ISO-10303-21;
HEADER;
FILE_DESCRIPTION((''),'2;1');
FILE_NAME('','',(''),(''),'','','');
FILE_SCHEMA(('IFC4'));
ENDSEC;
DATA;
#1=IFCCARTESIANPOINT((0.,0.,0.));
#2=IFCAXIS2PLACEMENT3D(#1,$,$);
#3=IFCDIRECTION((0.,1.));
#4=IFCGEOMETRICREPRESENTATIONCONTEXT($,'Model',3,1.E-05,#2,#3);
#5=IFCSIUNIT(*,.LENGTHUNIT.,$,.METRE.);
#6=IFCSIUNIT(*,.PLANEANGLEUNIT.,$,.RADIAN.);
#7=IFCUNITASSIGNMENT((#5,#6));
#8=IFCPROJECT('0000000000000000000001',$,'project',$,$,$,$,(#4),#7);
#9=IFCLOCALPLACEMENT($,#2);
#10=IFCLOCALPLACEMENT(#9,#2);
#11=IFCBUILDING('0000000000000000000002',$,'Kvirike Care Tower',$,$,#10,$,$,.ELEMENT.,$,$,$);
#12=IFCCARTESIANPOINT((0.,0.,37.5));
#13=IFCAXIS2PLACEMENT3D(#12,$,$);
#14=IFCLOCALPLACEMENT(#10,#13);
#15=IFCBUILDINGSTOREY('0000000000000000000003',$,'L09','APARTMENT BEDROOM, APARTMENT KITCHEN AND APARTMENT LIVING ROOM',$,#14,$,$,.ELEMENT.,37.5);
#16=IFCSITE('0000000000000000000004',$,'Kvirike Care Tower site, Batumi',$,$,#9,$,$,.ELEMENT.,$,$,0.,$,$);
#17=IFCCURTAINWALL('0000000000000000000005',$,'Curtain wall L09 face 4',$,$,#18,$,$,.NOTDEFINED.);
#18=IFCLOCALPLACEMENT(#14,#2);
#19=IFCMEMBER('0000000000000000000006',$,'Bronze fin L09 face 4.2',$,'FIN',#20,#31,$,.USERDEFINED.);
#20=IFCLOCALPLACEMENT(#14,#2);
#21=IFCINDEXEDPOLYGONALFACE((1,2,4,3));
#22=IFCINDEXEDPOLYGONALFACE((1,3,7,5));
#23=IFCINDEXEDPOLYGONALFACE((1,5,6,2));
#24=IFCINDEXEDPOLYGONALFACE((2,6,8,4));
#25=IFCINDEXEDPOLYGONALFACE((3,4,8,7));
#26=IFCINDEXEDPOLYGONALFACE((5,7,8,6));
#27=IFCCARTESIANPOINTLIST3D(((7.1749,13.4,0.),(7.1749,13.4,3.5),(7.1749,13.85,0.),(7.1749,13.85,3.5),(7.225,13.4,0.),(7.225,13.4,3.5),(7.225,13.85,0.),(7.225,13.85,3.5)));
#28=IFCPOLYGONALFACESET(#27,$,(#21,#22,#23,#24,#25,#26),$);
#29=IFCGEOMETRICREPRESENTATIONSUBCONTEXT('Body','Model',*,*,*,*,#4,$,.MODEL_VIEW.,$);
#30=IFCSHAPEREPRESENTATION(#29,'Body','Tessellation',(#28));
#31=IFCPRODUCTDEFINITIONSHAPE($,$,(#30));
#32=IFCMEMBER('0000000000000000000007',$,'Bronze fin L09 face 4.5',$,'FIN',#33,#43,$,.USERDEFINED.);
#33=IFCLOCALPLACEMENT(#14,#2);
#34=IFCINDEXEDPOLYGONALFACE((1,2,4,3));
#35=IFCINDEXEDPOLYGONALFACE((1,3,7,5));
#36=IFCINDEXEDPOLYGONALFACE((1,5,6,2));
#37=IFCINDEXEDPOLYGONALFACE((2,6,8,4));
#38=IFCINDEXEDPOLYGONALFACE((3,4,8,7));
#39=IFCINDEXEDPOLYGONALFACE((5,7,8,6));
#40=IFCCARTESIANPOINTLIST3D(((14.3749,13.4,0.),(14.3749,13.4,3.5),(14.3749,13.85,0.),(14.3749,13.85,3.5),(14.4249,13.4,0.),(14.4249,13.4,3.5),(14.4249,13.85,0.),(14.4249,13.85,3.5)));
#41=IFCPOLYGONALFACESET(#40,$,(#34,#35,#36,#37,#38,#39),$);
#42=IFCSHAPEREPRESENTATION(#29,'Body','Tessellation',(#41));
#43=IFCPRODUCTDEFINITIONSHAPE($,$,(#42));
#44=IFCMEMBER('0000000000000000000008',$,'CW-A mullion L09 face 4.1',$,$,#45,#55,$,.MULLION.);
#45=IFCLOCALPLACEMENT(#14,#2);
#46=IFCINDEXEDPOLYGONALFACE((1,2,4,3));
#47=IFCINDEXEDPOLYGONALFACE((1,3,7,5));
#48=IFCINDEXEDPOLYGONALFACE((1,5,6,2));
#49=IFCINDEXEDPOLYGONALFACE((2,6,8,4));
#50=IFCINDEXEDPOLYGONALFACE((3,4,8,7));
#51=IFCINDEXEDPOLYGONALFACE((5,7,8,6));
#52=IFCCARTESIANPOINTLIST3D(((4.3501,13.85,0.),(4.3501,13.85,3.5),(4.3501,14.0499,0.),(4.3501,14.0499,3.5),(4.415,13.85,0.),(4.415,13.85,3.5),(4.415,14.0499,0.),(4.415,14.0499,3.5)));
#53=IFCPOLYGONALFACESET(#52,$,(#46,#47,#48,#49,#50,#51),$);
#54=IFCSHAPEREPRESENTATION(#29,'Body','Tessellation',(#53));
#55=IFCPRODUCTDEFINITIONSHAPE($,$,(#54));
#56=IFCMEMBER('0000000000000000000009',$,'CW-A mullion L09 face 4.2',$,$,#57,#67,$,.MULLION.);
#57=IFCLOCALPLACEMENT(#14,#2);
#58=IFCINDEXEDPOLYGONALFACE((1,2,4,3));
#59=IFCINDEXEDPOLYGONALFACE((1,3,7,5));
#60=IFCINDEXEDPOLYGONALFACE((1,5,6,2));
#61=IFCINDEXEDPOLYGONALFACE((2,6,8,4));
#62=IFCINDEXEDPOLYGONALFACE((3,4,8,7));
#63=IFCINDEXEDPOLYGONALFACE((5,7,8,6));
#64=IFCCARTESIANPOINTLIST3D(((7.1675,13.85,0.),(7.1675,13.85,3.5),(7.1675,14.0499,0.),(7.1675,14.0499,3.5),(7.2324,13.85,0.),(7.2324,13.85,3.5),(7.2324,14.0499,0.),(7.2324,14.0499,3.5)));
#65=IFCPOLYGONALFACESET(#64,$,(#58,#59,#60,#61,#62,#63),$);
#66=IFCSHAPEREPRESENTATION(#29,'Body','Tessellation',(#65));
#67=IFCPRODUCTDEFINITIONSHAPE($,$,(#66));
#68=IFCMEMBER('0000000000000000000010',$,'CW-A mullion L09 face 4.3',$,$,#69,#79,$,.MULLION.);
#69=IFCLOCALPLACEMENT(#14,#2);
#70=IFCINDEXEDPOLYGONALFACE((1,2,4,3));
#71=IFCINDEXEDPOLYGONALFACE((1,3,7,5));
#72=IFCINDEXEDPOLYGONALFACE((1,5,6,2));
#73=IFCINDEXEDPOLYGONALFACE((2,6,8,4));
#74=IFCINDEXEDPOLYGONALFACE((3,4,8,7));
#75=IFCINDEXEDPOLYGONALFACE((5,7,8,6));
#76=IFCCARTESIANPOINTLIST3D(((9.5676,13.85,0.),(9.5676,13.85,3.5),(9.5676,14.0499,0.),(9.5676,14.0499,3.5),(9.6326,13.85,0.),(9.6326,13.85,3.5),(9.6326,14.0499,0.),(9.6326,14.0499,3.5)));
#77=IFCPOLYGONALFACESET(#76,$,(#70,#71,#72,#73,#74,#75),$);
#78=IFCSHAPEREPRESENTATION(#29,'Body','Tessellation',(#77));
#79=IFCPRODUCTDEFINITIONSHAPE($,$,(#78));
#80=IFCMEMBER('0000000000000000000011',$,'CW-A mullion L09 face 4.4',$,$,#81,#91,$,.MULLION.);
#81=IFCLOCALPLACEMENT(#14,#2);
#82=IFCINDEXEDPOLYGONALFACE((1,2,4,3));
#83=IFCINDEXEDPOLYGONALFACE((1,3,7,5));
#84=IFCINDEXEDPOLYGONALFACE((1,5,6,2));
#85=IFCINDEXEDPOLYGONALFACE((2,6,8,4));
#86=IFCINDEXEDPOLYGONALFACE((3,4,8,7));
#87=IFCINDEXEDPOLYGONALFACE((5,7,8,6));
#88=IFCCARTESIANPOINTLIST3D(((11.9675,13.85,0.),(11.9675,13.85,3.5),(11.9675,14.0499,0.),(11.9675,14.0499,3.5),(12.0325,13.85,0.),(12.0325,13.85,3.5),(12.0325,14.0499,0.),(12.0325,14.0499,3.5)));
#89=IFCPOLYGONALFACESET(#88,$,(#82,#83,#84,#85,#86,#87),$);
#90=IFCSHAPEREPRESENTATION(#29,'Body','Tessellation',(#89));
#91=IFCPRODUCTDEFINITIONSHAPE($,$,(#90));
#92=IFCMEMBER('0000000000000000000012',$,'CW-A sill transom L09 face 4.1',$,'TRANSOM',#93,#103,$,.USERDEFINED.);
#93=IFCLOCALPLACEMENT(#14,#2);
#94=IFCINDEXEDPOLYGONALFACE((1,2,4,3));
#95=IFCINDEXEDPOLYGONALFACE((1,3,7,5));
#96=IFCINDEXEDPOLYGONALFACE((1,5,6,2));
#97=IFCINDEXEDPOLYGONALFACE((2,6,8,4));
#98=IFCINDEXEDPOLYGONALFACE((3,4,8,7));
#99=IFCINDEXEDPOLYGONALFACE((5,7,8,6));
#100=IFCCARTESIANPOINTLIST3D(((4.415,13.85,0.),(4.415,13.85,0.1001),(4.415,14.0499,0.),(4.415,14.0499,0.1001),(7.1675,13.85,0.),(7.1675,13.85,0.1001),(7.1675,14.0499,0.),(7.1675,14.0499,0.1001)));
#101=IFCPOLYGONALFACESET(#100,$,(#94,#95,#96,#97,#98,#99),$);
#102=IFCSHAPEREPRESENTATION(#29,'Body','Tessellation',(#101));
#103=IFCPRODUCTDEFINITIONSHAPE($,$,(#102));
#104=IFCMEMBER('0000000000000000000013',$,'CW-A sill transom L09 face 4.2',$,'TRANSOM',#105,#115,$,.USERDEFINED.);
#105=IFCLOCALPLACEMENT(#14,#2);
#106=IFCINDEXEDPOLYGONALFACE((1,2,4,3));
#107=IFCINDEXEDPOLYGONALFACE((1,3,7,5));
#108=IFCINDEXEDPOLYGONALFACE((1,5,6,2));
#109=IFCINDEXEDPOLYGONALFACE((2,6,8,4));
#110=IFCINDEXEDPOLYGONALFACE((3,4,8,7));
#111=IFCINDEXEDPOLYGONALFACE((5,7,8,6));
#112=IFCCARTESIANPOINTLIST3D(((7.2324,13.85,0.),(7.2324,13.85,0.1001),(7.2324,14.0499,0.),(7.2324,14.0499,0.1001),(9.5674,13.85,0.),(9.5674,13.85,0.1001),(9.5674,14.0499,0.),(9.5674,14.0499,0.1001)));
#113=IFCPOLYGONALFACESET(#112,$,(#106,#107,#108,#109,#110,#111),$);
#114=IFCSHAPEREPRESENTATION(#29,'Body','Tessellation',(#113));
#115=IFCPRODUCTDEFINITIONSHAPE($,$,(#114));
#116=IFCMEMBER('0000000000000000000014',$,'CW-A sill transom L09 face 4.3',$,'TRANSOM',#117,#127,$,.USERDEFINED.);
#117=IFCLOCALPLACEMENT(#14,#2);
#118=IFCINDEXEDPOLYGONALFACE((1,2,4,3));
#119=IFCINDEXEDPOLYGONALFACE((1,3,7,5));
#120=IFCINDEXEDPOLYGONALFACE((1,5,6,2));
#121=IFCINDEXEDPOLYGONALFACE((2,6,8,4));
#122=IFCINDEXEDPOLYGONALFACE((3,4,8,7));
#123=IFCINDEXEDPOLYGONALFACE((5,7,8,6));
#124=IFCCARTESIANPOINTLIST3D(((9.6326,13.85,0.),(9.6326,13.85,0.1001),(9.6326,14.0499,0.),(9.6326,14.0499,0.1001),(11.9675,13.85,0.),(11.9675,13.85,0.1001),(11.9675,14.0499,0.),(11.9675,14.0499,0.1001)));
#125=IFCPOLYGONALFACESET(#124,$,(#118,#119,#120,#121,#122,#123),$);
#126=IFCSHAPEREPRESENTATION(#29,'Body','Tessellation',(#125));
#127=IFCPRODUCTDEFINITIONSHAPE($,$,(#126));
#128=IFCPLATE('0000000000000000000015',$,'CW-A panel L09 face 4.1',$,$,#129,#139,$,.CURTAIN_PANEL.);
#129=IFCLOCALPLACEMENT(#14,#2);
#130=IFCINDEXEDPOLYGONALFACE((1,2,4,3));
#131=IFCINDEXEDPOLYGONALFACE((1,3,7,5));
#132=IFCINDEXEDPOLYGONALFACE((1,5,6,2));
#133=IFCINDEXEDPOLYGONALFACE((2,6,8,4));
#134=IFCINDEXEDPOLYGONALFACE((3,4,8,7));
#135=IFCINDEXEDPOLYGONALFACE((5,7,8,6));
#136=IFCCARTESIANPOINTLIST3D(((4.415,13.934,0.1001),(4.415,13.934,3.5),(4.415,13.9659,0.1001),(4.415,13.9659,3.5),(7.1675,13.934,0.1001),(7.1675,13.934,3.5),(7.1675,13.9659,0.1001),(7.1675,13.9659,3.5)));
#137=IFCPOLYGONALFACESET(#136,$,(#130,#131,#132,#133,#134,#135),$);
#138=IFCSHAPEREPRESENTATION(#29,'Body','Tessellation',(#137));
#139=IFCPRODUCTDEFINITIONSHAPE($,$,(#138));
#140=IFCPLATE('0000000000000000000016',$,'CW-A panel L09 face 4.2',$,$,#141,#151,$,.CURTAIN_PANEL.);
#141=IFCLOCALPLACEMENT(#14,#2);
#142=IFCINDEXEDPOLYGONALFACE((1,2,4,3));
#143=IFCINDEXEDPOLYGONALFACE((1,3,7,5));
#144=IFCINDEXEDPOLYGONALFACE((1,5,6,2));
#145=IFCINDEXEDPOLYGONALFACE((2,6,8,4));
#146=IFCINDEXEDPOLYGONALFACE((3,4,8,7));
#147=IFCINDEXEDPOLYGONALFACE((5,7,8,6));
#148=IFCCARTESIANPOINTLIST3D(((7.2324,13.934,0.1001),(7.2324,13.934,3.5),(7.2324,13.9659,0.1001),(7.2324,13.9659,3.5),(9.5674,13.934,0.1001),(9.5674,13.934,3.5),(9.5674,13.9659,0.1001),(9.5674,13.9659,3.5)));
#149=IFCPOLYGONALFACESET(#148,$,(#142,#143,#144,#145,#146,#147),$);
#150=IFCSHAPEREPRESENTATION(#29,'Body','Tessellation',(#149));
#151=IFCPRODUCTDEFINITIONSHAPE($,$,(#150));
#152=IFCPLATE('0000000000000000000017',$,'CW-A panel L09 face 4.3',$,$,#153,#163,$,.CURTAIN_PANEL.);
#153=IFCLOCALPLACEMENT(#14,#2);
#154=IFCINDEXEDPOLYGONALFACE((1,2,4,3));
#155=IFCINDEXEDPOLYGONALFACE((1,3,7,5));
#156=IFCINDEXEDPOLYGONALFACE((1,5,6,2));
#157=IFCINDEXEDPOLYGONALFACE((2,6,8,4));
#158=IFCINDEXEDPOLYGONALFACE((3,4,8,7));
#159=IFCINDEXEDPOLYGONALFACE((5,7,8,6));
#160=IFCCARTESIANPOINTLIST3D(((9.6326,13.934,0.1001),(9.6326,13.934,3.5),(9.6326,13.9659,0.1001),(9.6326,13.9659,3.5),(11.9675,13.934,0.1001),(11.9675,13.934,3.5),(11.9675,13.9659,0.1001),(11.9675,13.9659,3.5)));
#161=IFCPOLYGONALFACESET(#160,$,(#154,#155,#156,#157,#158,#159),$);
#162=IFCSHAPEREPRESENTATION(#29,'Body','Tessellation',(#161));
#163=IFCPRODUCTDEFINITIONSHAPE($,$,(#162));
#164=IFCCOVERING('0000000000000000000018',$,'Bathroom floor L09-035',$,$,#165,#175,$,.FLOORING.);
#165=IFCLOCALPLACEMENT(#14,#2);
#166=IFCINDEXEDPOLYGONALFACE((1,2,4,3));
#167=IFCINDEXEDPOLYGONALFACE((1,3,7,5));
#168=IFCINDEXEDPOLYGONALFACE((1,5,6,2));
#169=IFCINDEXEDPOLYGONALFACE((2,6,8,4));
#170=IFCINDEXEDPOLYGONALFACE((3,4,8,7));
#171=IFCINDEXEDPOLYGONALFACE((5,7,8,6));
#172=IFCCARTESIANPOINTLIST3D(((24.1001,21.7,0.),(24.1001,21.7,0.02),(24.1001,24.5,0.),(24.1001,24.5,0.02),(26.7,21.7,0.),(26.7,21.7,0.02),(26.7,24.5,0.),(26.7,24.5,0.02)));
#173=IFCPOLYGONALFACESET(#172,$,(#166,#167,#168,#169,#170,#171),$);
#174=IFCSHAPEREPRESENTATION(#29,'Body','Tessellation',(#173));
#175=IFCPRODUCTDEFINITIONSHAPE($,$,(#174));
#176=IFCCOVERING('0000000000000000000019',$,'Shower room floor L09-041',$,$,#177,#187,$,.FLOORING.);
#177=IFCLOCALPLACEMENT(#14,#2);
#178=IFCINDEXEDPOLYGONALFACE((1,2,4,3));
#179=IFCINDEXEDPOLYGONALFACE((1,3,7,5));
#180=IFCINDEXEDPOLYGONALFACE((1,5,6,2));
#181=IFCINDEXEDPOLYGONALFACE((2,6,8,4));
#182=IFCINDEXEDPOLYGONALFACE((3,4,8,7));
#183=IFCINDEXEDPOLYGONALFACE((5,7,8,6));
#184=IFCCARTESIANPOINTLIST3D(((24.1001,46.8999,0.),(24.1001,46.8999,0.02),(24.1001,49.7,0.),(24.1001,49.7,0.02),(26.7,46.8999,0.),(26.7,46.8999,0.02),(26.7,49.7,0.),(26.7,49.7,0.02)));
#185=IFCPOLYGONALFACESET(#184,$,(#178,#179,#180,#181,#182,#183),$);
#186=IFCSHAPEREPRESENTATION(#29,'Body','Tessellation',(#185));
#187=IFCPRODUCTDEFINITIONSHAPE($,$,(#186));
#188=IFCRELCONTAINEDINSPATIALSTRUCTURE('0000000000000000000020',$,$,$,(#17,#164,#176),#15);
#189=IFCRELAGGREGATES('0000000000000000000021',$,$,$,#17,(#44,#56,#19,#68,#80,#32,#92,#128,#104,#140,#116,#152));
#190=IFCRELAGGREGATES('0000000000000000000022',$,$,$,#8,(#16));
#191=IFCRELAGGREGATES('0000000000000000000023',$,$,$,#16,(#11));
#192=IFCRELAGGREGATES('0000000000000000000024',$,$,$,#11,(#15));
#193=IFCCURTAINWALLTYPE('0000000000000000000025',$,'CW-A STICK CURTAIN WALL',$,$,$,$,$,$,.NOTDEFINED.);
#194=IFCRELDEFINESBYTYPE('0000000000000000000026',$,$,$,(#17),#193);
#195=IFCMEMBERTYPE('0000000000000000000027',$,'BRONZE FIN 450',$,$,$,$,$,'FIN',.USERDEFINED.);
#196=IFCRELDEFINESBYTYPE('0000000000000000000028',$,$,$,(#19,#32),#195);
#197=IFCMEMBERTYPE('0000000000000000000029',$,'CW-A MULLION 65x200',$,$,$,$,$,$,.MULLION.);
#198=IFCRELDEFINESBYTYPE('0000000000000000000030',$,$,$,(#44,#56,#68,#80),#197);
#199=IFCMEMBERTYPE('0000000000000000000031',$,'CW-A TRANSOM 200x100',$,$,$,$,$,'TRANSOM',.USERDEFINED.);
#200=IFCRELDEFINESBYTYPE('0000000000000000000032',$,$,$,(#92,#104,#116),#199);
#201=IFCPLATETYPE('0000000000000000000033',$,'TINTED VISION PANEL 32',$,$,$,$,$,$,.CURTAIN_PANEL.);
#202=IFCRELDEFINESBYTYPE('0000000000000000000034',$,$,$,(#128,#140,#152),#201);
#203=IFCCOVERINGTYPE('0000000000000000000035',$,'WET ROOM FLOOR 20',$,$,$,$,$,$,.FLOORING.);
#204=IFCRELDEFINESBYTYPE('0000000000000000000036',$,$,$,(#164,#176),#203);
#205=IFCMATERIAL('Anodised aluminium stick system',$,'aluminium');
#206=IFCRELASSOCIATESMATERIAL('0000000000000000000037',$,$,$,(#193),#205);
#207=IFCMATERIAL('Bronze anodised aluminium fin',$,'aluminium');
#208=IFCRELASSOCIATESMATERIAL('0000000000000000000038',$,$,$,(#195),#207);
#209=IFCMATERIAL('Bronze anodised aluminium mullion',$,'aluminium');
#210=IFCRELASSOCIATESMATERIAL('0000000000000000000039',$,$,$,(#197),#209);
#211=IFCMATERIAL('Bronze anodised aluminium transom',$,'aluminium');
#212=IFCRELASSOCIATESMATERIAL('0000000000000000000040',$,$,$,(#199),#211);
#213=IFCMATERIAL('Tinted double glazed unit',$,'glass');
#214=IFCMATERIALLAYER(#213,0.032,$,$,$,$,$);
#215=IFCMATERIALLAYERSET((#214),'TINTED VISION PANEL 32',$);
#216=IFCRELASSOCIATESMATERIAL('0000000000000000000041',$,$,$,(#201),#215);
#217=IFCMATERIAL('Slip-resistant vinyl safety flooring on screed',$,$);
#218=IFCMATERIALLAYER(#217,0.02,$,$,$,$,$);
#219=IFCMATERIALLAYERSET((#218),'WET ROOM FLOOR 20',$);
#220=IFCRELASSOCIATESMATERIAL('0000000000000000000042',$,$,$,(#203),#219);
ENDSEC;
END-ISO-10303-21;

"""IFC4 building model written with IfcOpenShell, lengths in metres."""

from ifc_helpers import new_model, si_unit, direction, frame, origin, origin_2d, place, context, subcontext, project, spatial, polyline, rectangle, outline, extrude, material, layer, layer_set, material_profile, profile_set, type_object, element, aggregate, save


model = new_model("IFC4")

# Units and contexts
model_context = context("Model", 3, precision=1e-05, world=origin(), true_north=direction((0.0, 1.0)))
body_context = subcontext(model_context, "Body", "Model", "MODEL_VIEW")
ifc_project = project(units=[si_unit("LENGTHUNIT", "METRE"), si_unit("PLANEANGLEUNIT", "RADIAN")], contexts=[model_context])

# Site, building, storey
site_placement = place(None, origin())
site = spatial("IfcSite", under=ifc_project, at=site_placement, Name="Kvirike Care Tower site, Batumi", CompositionType="ELEMENT", RefElevation=0.0)
building_placement = place(site_placement, origin())
building = spatial("IfcBuilding", under=site, at=building_placement, Name="Kvirike Care Tower", CompositionType="ELEMENT")
storey_placement = place(building_placement, frame((0.0, 0.0, 37.5)))
storey = spatial("IfcBuildingStorey", under=building, at=storey_placement, Name="L09", Description="APARTMENT BEDROOM, APARTMENT KITCHEN AND APARTMENT LIVING ROOM", CompositionType="ELEMENT", Elevation=37.5)

# Curtain wall, members, plates
ifc_material_1 = material(Name="Anodised aluminium stick system", Category="aluminium")
curtain_wall_type = type_object("IfcCurtainWallType", Name="CW-A STICK CURTAIN WALL", PredefinedType="NOTDEFINED", material=ifc_material_1)
curtain_wall_placement = place(storey_placement, origin())
curtain_wall = element("IfcCurtainWall", 1, at=curtain_wall_placement, inside=storey, type_object=curtain_wall_type, Name="Curtain wall L09 face 4", PredefinedType="NOTDEFINED")
ifc_material_2 = material(Name="Bronze anodised aluminium fin", Category="aluminium")
ifc_material_profile_1 = material_profile(ifc_material_2, rectangle(XDim=0.05, YDim=0.45, at=origin_2d()), Name="BRONZE FIN 450")
ifc_profile_set_1 = profile_set([ifc_material_profile_1], Name="Bronze anodised aluminium fin")
member_type_1 = type_object("IfcMemberType", Name="BRONZE FIN 450", ElementType="FIN", PredefinedType="USERDEFINED", material=ifc_profile_set_1)
member_1_placement = place(storey_placement, frame((7.2, 13.625, 0.0), z_axis=(0.0, 0.0, 1.0), x_axis=(1.0, 0.0, 0.0)))
member_1 = element("IfcMember", 2, at=member_1_placement, type_object=member_type_1, Name="Bronze fin L09 face 4.2", ObjectType="FIN", PredefinedType="USERDEFINED", context=body_context, shape_type="SweptSolid", body=[
    extrude(rectangle(XDim=0.05, YDim=0.45, at=origin_2d()), origin(), (0.0, 0.0, 1.0), 3.5),
])
member_2_placement = place(storey_placement, frame((14.3999, 13.625, 0.0), z_axis=(0.0, 0.0, 1.0), x_axis=(1.0, 0.0, 0.0)))
member_2 = element("IfcMember", 3, at=member_2_placement, type_object=member_type_1, Name="Bronze fin L09 face 4.5", ObjectType="FIN", PredefinedType="USERDEFINED", context=body_context, shape_type="SweptSolid", body=[
    extrude(rectangle(XDim=0.05, YDim=0.45, at=origin_2d()), origin(), (0.0, 0.0, 1.0), 3.5),
])
ifc_material_3 = material(Name="Bronze anodised aluminium mullion", Category="aluminium")
ifc_material_profile_2 = material_profile(ifc_material_3, rectangle(XDim=0.0649, YDim=0.2, at=origin_2d()), Name="CW-A MULLION 65x200")
ifc_profile_set_2 = profile_set([ifc_material_profile_2], Name="Bronze anodised aluminium mullion")
member_type_2 = type_object("IfcMemberType", Name="CW-A MULLION 65x200", PredefinedType="MULLION", material=ifc_profile_set_2)
member_3_placement = place(storey_placement, frame((4.3826, 13.95, 0.0), z_axis=(0.0, 0.0, 1.0), x_axis=(1.0, 0.0, 0.0)))
member_3 = element("IfcMember", 4, at=member_3_placement, type_object=member_type_2, Name="CW-A mullion L09 face 4.1", PredefinedType="MULLION", context=body_context, shape_type="SweptSolid", body=[
    extrude(rectangle(XDim=0.0649, YDim=0.2, at=origin_2d()), origin(), (0.0, 0.0, 1.0), 3.5),
])
member_4_placement = place(storey_placement, frame((7.2, 13.95, 0.0), z_axis=(0.0, 0.0, 1.0), x_axis=(1.0, 0.0, 0.0)))
member_4 = element("IfcMember", 5, at=member_4_placement, type_object=member_type_2, Name="CW-A mullion L09 face 4.2", PredefinedType="MULLION", context=body_context, shape_type="SweptSolid", body=[
    extrude(rectangle(XDim=0.0649, YDim=0.2, at=origin_2d()), origin(), (0.0, 0.0, 1.0), 3.5),
])
member_5_placement = place(storey_placement, frame((9.6001, 13.95, 0.0), z_axis=(0.0, 0.0, 1.0), x_axis=(1.0, 0.0, 0.0)))
member_5 = element("IfcMember", 6, at=member_5_placement, type_object=member_type_2, Name="CW-A mullion L09 face 4.3", PredefinedType="MULLION", context=body_context, shape_type="SweptSolid", body=[
    extrude(rectangle(XDim=0.0649, YDim=0.2, at=origin_2d()), origin(), (0.0, 0.0, 1.0), 3.5),
])
member_6_placement = place(storey_placement, frame((12.0, 13.95, 0.0), z_axis=(0.0, 0.0, 1.0), x_axis=(1.0, 0.0, 0.0)))
member_6 = element("IfcMember", 7, at=member_6_placement, type_object=member_type_2, Name="CW-A mullion L09 face 4.4", PredefinedType="MULLION", context=body_context, shape_type="SweptSolid", body=[
    extrude(rectangle(XDim=0.0649, YDim=0.2, at=origin_2d()), origin(), (0.0, 0.0, 1.0), 3.5),
])
ifc_material_4 = material(Name="Bronze anodised aluminium transom", Category="aluminium")
ifc_material_profile_3 = material_profile(ifc_material_4, rectangle(XDim=0.2, YDim=0.1001, at=origin_2d()), Name="CW-A TRANSOM 200x100")
ifc_profile_set_3 = profile_set([ifc_material_profile_3], Name="Bronze anodised aluminium transom")
member_type_3 = type_object("IfcMemberType", Name="CW-A TRANSOM 200x100", ElementType="TRANSOM", PredefinedType="USERDEFINED", material=ifc_profile_set_3)
member_7_placement = place(storey_placement, frame((4.415, 13.95, 0.05), z_axis=(1.0, 0.0, 0.0), x_axis=(0.0, 1.0, 0.0)))
member_7 = element("IfcMember", 8, at=member_7_placement, type_object=member_type_3, Name="CW-A sill transom L09 face 4.1", ObjectType="TRANSOM", PredefinedType="USERDEFINED", context=body_context, shape_type="SweptSolid", body=[
    extrude(rectangle(XDim=0.2, YDim=0.1001, at=origin_2d()), origin(), (0.0, 0.0, 1.0), 2.7524),
])
member_8_placement = place(storey_placement, frame((7.2324, 13.95, 0.05), z_axis=(1.0, 0.0, 0.0), x_axis=(0.0, 1.0, 0.0)))
member_8 = element("IfcMember", 9, at=member_8_placement, type_object=member_type_3, Name="CW-A sill transom L09 face 4.2", ObjectType="TRANSOM", PredefinedType="USERDEFINED", context=body_context, shape_type="SweptSolid", body=[
    extrude(rectangle(XDim=0.2, YDim=0.1001, at=origin_2d()), origin(), (0.0, 0.0, 1.0), 2.335),
])
member_9_placement = place(storey_placement, frame((9.6326, 13.95, 0.05), z_axis=(1.0, 0.0, 0.0), x_axis=(0.0, 1.0, 0.0)))
member_9 = element("IfcMember", 10, at=member_9_placement, type_object=member_type_3, Name="CW-A sill transom L09 face 4.3", ObjectType="TRANSOM", PredefinedType="USERDEFINED", context=body_context, shape_type="SweptSolid", body=[
    extrude(rectangle(XDim=0.2, YDim=0.1001, at=origin_2d()), origin(), (0.0, 0.0, 1.0), 2.335),
])
ifc_material_5 = material(Name="Tinted double glazed unit", Category="glass")
ifc_layer_1 = layer(ifc_material_5, 0.032)
ifc_layer_set_1 = layer_set([ifc_layer_1], Name="TINTED VISION PANEL 32")
plate_type = type_object("IfcPlateType", Name="TINTED VISION PANEL 32", PredefinedType="CURTAIN_PANEL", material=ifc_layer_set_1)
plate_1_placement = place(storey_placement, frame((5.7913, 13.95, 0.1001), z_axis=(0.0, 0.0, 1.0), x_axis=(1.0, 0.0, 0.0)))
plate_1 = element("IfcPlate", 11, at=plate_1_placement, type_object=plate_type, Name="CW-A panel L09 face 4.1", PredefinedType="CURTAIN_PANEL", context=body_context, shape_type="SweptSolid", body=[
    extrude(rectangle(XDim=2.7524, YDim=0.032, at=origin_2d()), origin(), (0.0, 0.0, 1.0), 3.3999),
])
plate_2_placement = place(storey_placement, frame((8.3999, 13.95, 0.1001), z_axis=(0.0, 0.0, 1.0), x_axis=(1.0, 0.0, 0.0)))
plate_2 = element("IfcPlate", 12, at=plate_2_placement, type_object=plate_type, Name="CW-A panel L09 face 4.2", PredefinedType="CURTAIN_PANEL", context=body_context, shape_type="SweptSolid", body=[
    extrude(rectangle(XDim=2.335, YDim=0.032, at=origin_2d()), origin(), (0.0, 0.0, 1.0), 3.3999),
])
plate_3_placement = place(storey_placement, frame((10.8, 13.95, 0.1001), z_axis=(0.0, 0.0, 1.0), x_axis=(1.0, 0.0, 0.0)))
plate_3 = element("IfcPlate", 13, at=plate_3_placement, type_object=plate_type, Name="CW-A panel L09 face 4.3", PredefinedType="CURTAIN_PANEL", context=body_context, shape_type="SweptSolid", body=[
    extrude(rectangle(XDim=2.335, YDim=0.032, at=origin_2d()), origin(), (0.0, 0.0, 1.0), 3.3999),
])
aggregate(curtain_wall, [member_3, member_4, member_1, member_5, member_6, member_2, member_7, plate_1, member_8, plate_2, member_9, plate_3])

# Coverings
ifc_material_6 = material(Name="Slip-resistant vinyl safety flooring on screed")
ifc_layer_2 = layer(ifc_material_6, 0.02)
ifc_layer_set_2 = layer_set([ifc_layer_2], Name="WET ROOM FLOOR 20")
covering_type = type_object("IfcCoveringType", Name="WET ROOM FLOOR 20", PredefinedType="FLOORING", material=ifc_layer_set_2)
covering_1_placement = place(storey_placement, origin())
element("IfcCovering", 14, at=covering_1_placement, inside=storey, type_object=covering_type, Name="Bathroom floor L09-035", PredefinedType="FLOORING", context=body_context, shape_type="SweptSolid", body=[
    extrude(outline(polyline([(24.1001, 21.7), (24.1001, 24.5), (26.7, 24.5), (26.7, 21.7), (24.1001, 21.7)])), origin(), (0.0, 0.0, 1.0), 0.02),
])
covering_2_placement = place(storey_placement, origin())
element("IfcCovering", 15, at=covering_2_placement, inside=storey, type_object=covering_type, Name="Shower room floor L09-041", PredefinedType="FLOORING", context=body_context, shape_type="SweptSolid", body=[
    extrude(outline(polyline([(26.7, 49.7), (26.7, 46.8999), (24.1001, 46.8999), (24.1001, 49.7), (26.7, 49.7)])), origin(), (0.0, 0.0, 1.0), 0.02),
])

save(model, "model.ifc")
